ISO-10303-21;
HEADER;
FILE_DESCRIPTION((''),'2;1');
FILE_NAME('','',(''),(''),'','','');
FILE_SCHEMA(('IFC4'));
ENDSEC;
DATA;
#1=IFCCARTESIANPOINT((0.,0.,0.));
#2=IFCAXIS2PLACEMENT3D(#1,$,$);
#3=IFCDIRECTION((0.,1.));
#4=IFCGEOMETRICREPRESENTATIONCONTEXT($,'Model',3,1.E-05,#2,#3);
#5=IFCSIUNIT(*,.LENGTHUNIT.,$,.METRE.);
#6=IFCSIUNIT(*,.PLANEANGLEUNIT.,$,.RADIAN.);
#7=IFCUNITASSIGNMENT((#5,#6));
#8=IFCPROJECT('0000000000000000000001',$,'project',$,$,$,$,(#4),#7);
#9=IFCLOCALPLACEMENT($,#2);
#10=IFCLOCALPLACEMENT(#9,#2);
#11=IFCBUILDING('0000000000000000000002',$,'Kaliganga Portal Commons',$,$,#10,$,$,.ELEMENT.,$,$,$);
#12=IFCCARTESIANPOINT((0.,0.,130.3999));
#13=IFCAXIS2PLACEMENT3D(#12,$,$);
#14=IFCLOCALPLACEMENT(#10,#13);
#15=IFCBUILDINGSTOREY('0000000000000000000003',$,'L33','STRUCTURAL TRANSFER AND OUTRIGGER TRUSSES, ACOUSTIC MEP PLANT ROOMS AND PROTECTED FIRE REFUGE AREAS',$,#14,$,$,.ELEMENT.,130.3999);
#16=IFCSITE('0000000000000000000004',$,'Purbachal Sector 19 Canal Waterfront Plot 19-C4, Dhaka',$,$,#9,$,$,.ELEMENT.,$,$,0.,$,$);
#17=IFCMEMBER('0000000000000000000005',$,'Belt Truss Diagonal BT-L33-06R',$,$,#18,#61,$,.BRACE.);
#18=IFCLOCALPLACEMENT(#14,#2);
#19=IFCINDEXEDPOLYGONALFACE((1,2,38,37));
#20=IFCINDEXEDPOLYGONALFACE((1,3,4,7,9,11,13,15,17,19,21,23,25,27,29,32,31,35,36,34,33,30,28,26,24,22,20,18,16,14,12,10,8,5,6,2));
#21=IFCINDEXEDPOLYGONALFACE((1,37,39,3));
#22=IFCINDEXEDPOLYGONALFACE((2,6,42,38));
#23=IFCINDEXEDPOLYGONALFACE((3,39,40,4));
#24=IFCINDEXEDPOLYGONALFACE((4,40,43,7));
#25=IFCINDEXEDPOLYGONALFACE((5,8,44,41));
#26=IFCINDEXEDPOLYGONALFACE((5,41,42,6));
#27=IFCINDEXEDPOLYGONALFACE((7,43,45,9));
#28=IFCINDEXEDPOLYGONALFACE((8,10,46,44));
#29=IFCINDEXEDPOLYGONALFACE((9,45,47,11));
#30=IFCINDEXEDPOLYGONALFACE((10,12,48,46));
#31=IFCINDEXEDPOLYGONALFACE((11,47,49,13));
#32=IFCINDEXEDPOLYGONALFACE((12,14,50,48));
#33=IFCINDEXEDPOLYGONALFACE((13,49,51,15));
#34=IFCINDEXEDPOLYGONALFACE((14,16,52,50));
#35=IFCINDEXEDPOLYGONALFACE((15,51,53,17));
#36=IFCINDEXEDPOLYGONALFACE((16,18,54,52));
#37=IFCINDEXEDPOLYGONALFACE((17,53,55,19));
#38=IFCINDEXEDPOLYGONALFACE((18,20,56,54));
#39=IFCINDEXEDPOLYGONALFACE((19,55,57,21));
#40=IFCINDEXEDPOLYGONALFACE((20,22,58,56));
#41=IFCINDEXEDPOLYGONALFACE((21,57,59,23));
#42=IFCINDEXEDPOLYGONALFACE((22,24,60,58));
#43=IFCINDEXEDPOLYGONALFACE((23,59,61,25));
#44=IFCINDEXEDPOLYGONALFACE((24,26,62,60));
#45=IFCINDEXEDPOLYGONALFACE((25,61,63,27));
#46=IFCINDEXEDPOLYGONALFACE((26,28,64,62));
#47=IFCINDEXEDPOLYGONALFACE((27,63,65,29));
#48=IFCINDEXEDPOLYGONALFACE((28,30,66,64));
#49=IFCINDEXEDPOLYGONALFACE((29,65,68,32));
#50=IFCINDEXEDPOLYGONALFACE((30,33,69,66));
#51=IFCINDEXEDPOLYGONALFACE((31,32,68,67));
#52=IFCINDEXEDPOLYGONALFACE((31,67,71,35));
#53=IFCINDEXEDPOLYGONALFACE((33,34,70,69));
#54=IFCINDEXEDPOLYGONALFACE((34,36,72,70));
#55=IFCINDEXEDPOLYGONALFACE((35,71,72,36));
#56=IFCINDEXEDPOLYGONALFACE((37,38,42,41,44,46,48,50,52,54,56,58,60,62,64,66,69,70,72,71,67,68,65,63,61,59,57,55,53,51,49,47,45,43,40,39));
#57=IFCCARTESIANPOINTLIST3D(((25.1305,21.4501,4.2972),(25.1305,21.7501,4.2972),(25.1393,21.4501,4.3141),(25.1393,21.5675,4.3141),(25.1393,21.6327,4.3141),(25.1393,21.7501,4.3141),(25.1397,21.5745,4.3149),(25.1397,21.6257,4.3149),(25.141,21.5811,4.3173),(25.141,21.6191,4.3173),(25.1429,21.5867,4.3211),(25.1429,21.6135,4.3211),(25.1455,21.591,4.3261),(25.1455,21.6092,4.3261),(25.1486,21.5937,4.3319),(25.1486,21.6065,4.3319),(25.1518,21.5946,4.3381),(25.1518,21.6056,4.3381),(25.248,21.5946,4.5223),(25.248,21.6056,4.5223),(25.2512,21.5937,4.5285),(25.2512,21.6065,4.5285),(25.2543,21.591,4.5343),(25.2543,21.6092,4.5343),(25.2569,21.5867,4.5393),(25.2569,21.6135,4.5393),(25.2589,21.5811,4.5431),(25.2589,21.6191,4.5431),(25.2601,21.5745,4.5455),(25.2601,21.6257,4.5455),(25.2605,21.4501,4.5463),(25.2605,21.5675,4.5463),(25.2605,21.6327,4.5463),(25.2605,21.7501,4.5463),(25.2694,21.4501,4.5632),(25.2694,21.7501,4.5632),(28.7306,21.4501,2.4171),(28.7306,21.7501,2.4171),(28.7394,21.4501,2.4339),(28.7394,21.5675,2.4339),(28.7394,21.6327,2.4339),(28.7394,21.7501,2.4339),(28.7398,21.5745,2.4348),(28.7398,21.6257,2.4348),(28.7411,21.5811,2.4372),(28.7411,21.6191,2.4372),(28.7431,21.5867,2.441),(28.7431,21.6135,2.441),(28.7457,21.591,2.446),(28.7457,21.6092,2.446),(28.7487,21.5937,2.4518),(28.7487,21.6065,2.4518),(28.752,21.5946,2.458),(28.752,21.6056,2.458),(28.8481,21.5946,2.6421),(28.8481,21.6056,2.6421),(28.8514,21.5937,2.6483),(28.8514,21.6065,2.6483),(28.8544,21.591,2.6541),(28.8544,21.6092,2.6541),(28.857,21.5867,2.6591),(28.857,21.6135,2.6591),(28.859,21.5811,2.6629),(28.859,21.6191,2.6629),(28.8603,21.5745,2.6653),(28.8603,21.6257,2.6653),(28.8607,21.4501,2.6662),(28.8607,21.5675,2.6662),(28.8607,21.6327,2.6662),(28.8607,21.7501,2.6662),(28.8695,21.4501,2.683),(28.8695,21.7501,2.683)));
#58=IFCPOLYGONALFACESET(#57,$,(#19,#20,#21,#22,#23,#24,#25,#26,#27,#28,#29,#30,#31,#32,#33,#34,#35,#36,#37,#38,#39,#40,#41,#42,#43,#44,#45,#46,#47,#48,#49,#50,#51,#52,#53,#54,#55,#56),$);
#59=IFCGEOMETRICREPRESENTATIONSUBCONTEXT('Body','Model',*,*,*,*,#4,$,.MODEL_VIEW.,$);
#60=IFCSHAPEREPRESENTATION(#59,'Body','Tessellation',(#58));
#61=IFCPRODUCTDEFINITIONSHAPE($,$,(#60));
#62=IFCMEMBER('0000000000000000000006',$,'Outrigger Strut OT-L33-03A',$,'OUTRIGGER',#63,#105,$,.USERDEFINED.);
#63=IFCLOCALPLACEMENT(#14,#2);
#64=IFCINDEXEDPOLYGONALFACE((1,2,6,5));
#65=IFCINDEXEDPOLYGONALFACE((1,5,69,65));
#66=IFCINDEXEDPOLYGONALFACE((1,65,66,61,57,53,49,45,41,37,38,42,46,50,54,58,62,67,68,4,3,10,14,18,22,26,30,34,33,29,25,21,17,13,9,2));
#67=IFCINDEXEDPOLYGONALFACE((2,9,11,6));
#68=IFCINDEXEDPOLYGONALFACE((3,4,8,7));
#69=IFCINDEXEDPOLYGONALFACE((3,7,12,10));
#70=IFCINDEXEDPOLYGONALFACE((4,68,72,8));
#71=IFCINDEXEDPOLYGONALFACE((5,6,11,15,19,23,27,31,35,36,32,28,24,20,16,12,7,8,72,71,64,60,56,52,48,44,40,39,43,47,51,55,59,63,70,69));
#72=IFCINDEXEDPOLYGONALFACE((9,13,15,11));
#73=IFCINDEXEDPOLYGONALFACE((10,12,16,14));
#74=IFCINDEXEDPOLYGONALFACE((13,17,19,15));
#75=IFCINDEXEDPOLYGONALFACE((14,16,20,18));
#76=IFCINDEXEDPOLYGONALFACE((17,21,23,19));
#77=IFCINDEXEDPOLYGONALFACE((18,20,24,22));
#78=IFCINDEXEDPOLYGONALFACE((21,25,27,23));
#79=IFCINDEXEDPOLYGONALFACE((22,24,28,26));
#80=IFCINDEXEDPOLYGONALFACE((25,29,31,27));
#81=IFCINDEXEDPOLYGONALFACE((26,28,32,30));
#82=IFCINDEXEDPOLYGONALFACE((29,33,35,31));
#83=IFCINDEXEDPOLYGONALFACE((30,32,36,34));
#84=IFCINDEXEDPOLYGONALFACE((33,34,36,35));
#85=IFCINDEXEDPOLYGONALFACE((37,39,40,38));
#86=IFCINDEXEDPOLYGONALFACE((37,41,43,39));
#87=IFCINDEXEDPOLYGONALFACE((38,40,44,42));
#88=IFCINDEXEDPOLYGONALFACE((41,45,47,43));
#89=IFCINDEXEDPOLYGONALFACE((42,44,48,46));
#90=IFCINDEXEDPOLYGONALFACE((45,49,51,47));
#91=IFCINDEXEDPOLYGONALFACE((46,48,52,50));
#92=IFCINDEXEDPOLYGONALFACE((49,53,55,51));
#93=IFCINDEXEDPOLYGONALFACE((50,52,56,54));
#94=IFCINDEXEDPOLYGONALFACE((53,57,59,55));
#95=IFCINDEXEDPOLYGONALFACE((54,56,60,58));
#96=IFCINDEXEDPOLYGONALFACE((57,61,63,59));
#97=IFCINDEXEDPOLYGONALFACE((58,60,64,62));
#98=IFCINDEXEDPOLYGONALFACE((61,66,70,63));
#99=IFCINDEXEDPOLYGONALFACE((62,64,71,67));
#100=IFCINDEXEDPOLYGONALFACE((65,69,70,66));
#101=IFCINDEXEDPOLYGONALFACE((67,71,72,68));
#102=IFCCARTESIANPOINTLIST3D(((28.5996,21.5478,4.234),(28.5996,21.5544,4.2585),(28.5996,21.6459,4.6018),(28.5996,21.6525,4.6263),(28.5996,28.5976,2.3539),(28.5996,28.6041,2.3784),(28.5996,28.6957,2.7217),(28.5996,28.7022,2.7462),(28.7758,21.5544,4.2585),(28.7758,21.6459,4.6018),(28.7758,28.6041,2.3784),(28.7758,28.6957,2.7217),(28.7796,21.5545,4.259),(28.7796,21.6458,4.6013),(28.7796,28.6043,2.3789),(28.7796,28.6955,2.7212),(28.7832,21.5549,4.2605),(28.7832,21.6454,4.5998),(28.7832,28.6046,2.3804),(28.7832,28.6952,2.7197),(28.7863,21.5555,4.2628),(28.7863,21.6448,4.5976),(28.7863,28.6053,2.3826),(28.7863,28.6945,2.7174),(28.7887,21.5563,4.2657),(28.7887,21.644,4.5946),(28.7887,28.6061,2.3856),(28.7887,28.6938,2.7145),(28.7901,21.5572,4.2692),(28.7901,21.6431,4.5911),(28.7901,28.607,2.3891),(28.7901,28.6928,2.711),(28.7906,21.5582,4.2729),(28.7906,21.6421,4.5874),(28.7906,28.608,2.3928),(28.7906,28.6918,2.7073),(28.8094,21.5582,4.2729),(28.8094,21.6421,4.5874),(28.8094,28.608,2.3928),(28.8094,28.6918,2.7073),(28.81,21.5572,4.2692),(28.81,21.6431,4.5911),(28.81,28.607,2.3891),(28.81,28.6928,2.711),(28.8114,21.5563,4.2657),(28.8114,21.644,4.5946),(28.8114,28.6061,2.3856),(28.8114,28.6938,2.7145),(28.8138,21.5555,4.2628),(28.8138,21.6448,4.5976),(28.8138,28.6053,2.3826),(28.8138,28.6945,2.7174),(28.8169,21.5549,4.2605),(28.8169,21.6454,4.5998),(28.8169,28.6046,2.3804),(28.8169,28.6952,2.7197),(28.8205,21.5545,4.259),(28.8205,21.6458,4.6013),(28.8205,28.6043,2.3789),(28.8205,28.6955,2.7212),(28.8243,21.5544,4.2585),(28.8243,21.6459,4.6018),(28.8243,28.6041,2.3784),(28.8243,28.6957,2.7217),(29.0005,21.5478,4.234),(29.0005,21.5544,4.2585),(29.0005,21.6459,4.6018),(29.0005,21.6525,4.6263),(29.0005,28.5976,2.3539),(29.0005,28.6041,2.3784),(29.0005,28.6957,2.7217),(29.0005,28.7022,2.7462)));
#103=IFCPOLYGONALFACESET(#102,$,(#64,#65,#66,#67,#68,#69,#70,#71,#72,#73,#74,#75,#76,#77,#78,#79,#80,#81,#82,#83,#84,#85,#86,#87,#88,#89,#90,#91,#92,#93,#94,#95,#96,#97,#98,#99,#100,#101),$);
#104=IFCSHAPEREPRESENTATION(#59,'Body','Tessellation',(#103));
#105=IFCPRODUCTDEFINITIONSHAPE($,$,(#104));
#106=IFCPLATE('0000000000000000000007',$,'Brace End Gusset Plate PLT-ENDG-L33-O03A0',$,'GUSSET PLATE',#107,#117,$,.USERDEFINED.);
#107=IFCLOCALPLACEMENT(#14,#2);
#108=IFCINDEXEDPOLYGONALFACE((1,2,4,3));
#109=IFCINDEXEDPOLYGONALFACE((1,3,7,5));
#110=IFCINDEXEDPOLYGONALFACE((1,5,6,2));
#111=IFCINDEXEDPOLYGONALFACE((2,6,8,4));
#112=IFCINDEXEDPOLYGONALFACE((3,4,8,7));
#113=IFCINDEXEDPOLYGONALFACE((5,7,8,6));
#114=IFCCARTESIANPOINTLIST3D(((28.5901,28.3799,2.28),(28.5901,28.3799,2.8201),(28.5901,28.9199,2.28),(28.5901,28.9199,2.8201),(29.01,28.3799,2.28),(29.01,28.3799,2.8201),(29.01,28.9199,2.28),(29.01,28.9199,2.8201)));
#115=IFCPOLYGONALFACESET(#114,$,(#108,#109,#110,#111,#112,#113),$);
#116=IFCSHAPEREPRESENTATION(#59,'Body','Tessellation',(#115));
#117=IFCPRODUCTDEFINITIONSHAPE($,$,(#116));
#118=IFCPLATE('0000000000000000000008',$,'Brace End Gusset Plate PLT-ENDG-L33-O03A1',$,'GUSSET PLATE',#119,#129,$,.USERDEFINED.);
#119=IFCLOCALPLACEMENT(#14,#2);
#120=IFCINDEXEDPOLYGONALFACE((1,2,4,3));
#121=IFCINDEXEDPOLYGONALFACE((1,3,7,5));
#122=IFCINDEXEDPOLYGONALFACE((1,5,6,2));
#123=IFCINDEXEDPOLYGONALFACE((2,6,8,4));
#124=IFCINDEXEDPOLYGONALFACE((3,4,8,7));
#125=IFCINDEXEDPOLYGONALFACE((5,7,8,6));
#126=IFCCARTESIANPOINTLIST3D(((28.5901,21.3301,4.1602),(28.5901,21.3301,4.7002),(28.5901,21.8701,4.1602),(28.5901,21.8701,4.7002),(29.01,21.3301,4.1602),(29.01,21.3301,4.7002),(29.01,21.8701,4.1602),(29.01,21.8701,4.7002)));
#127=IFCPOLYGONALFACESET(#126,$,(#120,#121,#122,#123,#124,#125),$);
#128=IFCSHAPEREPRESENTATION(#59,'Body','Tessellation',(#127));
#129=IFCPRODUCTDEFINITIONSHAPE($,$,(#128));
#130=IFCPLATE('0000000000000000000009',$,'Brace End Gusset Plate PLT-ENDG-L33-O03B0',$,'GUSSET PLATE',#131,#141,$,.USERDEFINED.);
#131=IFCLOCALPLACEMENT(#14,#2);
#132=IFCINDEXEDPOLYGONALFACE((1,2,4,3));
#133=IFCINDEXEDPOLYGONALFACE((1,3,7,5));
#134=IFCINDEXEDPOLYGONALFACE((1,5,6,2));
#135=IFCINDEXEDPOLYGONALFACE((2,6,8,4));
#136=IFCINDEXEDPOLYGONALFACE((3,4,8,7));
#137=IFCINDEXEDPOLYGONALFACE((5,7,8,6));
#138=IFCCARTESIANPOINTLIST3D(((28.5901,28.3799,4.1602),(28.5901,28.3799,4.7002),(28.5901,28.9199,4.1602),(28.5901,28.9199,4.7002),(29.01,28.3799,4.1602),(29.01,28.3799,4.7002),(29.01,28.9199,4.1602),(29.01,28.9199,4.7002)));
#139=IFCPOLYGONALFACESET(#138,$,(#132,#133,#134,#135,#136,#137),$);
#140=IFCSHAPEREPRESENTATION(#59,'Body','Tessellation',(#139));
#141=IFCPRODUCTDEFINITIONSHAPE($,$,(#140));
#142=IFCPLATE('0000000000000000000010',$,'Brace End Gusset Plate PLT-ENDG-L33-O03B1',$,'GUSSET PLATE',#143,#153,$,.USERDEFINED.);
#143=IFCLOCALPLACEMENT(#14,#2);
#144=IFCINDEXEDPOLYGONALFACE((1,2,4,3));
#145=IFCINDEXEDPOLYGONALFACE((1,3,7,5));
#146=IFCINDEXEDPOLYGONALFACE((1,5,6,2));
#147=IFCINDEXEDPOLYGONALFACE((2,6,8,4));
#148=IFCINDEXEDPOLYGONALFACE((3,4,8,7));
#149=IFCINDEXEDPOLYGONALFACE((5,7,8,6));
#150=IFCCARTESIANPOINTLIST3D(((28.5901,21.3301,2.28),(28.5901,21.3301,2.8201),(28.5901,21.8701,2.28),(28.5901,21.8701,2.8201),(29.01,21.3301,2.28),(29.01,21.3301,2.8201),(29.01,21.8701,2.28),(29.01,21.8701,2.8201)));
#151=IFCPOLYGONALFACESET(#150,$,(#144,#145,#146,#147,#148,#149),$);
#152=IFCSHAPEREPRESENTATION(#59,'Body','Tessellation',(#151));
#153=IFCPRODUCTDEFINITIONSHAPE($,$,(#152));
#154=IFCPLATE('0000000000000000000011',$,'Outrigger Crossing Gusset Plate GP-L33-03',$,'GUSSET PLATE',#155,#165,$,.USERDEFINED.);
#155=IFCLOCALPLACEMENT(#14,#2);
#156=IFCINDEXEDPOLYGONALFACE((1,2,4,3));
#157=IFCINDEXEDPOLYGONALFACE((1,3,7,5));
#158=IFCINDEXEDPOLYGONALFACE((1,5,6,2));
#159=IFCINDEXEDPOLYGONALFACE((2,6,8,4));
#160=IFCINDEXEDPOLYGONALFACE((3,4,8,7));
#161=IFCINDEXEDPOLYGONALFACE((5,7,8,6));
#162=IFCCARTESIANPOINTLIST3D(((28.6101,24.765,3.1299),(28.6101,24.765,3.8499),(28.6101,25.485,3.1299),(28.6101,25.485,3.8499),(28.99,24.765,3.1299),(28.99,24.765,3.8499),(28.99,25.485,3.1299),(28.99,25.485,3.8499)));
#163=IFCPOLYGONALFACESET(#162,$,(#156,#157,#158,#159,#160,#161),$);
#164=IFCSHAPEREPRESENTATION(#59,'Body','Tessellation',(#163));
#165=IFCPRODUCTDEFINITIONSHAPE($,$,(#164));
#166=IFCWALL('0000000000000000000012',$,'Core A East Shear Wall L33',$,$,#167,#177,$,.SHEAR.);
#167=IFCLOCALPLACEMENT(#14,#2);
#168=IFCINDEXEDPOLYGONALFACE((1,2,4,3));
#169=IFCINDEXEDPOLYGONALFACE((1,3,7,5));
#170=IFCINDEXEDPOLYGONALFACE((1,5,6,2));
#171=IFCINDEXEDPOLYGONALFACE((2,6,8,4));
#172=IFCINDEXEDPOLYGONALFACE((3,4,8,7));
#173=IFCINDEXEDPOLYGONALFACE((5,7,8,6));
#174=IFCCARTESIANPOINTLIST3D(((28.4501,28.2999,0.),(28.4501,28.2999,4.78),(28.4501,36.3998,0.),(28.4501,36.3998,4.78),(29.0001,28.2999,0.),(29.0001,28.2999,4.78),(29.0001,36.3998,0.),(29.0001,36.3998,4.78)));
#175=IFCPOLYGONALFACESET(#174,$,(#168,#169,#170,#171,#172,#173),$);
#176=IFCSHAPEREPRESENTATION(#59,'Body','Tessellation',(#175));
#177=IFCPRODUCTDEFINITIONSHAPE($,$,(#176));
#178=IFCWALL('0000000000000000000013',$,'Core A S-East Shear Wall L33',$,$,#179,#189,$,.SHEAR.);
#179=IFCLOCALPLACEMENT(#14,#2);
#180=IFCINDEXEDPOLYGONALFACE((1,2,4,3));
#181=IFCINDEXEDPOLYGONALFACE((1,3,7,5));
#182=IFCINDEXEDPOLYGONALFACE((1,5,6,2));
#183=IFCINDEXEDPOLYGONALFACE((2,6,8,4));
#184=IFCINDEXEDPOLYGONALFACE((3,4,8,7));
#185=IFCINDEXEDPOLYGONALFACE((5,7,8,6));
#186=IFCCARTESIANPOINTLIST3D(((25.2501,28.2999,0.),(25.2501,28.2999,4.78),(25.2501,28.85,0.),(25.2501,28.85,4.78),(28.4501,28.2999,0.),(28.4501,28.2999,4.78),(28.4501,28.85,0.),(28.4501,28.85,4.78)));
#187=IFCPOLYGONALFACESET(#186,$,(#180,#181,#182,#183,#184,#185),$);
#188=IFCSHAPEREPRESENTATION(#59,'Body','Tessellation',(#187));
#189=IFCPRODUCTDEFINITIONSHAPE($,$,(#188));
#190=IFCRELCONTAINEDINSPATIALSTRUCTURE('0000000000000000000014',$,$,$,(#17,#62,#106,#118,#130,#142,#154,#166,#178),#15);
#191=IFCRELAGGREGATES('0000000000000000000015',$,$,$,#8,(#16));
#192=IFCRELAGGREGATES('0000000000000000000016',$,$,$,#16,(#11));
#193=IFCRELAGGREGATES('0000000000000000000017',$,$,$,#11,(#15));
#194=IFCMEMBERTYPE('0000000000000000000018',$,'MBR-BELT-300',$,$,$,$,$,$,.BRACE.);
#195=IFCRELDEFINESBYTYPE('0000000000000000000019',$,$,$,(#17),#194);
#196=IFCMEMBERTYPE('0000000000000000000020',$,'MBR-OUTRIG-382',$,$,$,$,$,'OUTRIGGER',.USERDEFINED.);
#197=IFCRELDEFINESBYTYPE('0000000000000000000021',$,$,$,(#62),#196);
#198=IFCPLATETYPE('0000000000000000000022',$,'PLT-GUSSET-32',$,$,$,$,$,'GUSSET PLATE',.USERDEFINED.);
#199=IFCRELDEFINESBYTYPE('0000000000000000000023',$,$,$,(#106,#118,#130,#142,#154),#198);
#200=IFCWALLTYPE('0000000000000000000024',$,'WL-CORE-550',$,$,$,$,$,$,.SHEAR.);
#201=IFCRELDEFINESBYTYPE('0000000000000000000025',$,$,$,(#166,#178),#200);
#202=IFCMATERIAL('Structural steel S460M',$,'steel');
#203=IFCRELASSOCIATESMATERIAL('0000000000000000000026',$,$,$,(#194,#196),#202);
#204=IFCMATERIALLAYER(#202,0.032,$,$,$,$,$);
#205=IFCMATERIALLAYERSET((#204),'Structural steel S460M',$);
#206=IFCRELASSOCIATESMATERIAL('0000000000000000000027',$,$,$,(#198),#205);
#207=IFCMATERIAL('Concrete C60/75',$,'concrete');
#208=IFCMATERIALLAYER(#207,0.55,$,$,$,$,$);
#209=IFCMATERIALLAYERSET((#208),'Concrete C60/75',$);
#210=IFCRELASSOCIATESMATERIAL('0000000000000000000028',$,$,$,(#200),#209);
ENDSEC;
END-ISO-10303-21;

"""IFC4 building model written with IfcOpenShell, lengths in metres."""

from ifc_helpers import new_model, si_unit, direction, frame, frame_2d, origin, origin_2d, place, context, subcontext, project, spatial, rectangle, i_section, extrude, source, transform, mapped, material, layer, layer_set, material_profile, profile_set, type_object, element, save


model = new_model("IFC4")

# Units and contexts
model_context = context("Model", 3, precision=1e-05, world=origin(), true_north=direction((0.0, 1.0)))
body_context = subcontext(model_context, "Body", "Model", "MODEL_VIEW")
ifc_project = project(units=[si_unit("LENGTHUNIT", "METRE"), si_unit("PLANEANGLEUNIT", "RADIAN")], contexts=[model_context])

# Site, building, storey
site_placement = place(None, origin())
site = spatial("IfcSite", under=ifc_project, at=site_placement, Name="Purbachal Sector 19 Canal Waterfront Plot 19-C4, Dhaka", CompositionType="ELEMENT", RefElevation=0.0)
building_placement = place(site_placement, origin())
building = spatial("IfcBuilding", under=site, at=building_placement, Name="Kaliganga Portal Commons", CompositionType="ELEMENT")
storey_placement = place(building_placement, frame((0.0, 0.0, 130.3999)))
storey = spatial("IfcBuildingStorey", under=building, at=storey_placement, Name="L33", Description="STRUCTURAL TRANSFER AND OUTRIGGER TRUSSES, ACOUSTIC MEP PLANT ROOMS AND PROTECTED FIRE REFUGE AREAS", CompositionType="ELEMENT", Elevation=130.3999)

# Shared definitions
ifc_material_1 = material(Name="Concrete C60/75", Category="concrete")

# Members
ifc_material_2 = material(Name="Structural steel S460M", Category="steel")
ifc_material_profile_1 = material_profile(ifc_material_2, i_section(OverallWidth=0.3, OverallDepth=0.3, WebThickness=0.011, FlangeThickness=0.019, FilletRadius=0.0271, at=origin_2d()), Name="HE 300 B")
ifc_profile_set_1 = profile_set([ifc_material_profile_1], Name="Structural steel S460M wide-flange")
member_type_1 = type_object("IfcMemberType", Name="MBR-BELT-300", PredefinedType="BRACE", material=ifc_profile_set_1)
shared_shape_1 = source(origin(), body_context, "Body", "SweptSolid", [
    extrude(i_section(OverallWidth=0.3, OverallDepth=0.3, WebThickness=0.011, FlangeThickness=0.019, FilletRadius=0.0271, at=origin_2d()), origin(), (0.0, 0.0, 1.0), 4.0615),
])
member_1_placement = place(storey_placement, frame((28.8, 21.6001, 2.55), z_axis=(-0.886401, 0.0, 0.462917), x_axis=(0.0, -1.0, 0.0)))
element("IfcMember", 1, at=member_1_placement, inside=storey, type_object=member_type_1, Name="Belt Truss Diagonal BT-L33-06R", PredefinedType="BRACE", context=body_context, shape_type="MappedRepresentation", body=[
    mapped(shared_shape_1, transform((0.0, 0.0, 0.0), x_axis=(1.0, 0.0, 0.0), y_axis=(0.0, 1.0, 0.0), z_axis=(0.0, 0.0, 1.0), scale=1.0)),
])
ifc_material_profile_2 = material_profile(ifc_material_2, i_section(OverallWidth=0.4009, OverallDepth=0.406, WebThickness=0.0188, FlangeThickness=0.0254, FilletRadius=0.0149, at=origin_2d()), Name="HD 400x314")
ifc_profile_set_2 = profile_set([ifc_material_profile_2], Name="Structural steel S460M wide-flange")
member_type_2 = type_object("IfcMemberType", Name="MBR-OUTRIG-382", ElementType="OUTRIGGER", PredefinedType="USERDEFINED", material=ifc_profile_set_2)
shared_shape_2 = source(origin(), body_context, "Body", "SweptSolid", [
    extrude(i_section(OverallWidth=0.4009, OverallDepth=0.406, WebThickness=0.0188, FlangeThickness=0.0254, FilletRadius=0.0149, at=origin_2d()), origin(), (0.0, 0.0, 1.0), 7.2961),
])
member_2_placement = place(storey_placement, frame((28.8, 28.6499, 2.55), z_axis=(0.0, -0.966229, 0.257686), x_axis=(1.0, 0.0, 0.0)))
element("IfcMember", 2, at=member_2_placement, inside=storey, type_object=member_type_2, Name="Outrigger Strut OT-L33-03A", ObjectType="OUTRIGGER", PredefinedType="USERDEFINED", context=body_context, shape_type="MappedRepresentation", body=[
    mapped(shared_shape_2, transform((0.0, 0.0, 0.0), x_axis=(1.0, 0.0, 0.0), y_axis=(0.0, 1.0, 0.0), z_axis=(0.0, 0.0, 1.0), scale=1.0)),
])

# Plates
ifc_layer_1 = layer(ifc_material_2, 0.032)
ifc_layer_set_1 = layer_set([ifc_layer_1], Name="Structural steel S460M")
plate_type = type_object("IfcPlateType", Name="PLT-GUSSET-32", ElementType="GUSSET PLATE", PredefinedType="USERDEFINED", material=ifc_layer_set_1)
shared_shape_3 = source(origin(), body_context, "Body", "SweptSolid", [
    extrude(rectangle(XDim=0.54, YDim=0.4199, at=origin_2d()), origin(), (0.0, 0.0, 1.0), 0.54),
])
for number, where, z_axis, x_axis, name in (
    (3, (28.8, 28.6499, 2.28), (0.0, 0.0, 1.0), (0.0, -1.0, 0.0), "Brace End Gusset Plate PLT-ENDG-L33-O03A0"),
    (4, (28.8, 21.6001, 4.1602), (0.0, 0.0, 1.0), (0.0, -1.0, 0.0), "Brace End Gusset Plate PLT-ENDG-L33-O03A1"),
    (5, (28.8, 28.6499, 4.1602), (0.0, 0.0, 1.0), (0.0, -1.0, 0.0), "Brace End Gusset Plate PLT-ENDG-L33-O03B0"),
    (6, (28.8, 21.6001, 2.28), (0.0, 0.0, 1.0), (0.0, -1.0, 0.0), "Brace End Gusset Plate PLT-ENDG-L33-O03B1"),
):
    element("IfcPlate", number, at=place(storey_placement, frame(where, z_axis=z_axis, x_axis=x_axis)), inside=storey, type_object=plate_type, Name=name, ObjectType="GUSSET PLATE", PredefinedType="USERDEFINED", context=body_context, shape_type="MappedRepresentation", body=[
        mapped(shared_shape_3, transform((0.0, 0.0, 0.0), x_axis=(1.0, 0.0, 0.0), y_axis=(0.0, 1.0, 0.0), z_axis=(0.0, 0.0, 1.0), scale=1.0)),
    ])
shared_shape_4 = source(origin(), body_context, "Body", "SweptSolid", [
    extrude(rectangle(XDim=0.72, YDim=0.3799, at=origin_2d()), origin(), (0.0, 0.0, 1.0), 0.72),
])
plate_placement = place(storey_placement, frame((28.8, 25.125, 3.1299), z_axis=(0.0, 0.0, 1.0), x_axis=(0.0, -1.0, 0.0)))
element("IfcPlate", 7, at=plate_placement, inside=storey, type_object=plate_type, Name="Outrigger Crossing Gusset Plate GP-L33-03", ObjectType="GUSSET PLATE", PredefinedType="USERDEFINED", context=body_context, shape_type="MappedRepresentation", body=[
    mapped(shared_shape_4, transform((0.0, 0.0, 0.0), x_axis=(1.0, 0.0, 0.0), y_axis=(0.0, 1.0, 0.0), z_axis=(0.0, 0.0, 1.0), scale=1.0)),
])

# Walls
ifc_layer_2 = layer(ifc_material_1, 0.55)
ifc_layer_set_2 = layer_set([ifc_layer_2], Name="Concrete C60/75")
wall_type_1 = type_object("IfcWallType", Name="WL-CORE-550", PredefinedType="SHEAR", material=ifc_layer_set_2)
wall_1_placement = place(storey_placement, frame((28.7251, 28.3, 0.0), z_axis=(0.0, 0.0, 1.0), x_axis=(0.0, 1.0, 0.0)))
element("IfcWall", 8, at=wall_1_placement, inside=storey, type_object=wall_type_1, Name="Core A East Shear Wall L33", PredefinedType="SHEAR", context=body_context, shape_type="SweptSolid", body=[
    extrude(rectangle(XDim=8.0999, YDim=0.55, at=frame_2d((4.0498, 0.0))), origin(), (0.0, 0.0, 1.0), 4.78),
])
wall_2_placement = place(storey_placement, frame((25.25, 28.575, 0.0), z_axis=(0.0, 0.0, 1.0), x_axis=(1.0, 0.0, 0.0)))
element("IfcWall", 9, at=wall_2_placement, inside=storey, type_object=wall_type_1, Name="Core A S-East Shear Wall L33", PredefinedType="SHEAR", context=body_context, shape_type="SweptSolid", body=[
    extrude(rectangle(XDim=3.2, YDim=0.55, at=frame_2d((1.6001, 0.0))), origin(), (0.0, 0.0, 1.0), 4.78),
])

save(model, "model.ifc")
